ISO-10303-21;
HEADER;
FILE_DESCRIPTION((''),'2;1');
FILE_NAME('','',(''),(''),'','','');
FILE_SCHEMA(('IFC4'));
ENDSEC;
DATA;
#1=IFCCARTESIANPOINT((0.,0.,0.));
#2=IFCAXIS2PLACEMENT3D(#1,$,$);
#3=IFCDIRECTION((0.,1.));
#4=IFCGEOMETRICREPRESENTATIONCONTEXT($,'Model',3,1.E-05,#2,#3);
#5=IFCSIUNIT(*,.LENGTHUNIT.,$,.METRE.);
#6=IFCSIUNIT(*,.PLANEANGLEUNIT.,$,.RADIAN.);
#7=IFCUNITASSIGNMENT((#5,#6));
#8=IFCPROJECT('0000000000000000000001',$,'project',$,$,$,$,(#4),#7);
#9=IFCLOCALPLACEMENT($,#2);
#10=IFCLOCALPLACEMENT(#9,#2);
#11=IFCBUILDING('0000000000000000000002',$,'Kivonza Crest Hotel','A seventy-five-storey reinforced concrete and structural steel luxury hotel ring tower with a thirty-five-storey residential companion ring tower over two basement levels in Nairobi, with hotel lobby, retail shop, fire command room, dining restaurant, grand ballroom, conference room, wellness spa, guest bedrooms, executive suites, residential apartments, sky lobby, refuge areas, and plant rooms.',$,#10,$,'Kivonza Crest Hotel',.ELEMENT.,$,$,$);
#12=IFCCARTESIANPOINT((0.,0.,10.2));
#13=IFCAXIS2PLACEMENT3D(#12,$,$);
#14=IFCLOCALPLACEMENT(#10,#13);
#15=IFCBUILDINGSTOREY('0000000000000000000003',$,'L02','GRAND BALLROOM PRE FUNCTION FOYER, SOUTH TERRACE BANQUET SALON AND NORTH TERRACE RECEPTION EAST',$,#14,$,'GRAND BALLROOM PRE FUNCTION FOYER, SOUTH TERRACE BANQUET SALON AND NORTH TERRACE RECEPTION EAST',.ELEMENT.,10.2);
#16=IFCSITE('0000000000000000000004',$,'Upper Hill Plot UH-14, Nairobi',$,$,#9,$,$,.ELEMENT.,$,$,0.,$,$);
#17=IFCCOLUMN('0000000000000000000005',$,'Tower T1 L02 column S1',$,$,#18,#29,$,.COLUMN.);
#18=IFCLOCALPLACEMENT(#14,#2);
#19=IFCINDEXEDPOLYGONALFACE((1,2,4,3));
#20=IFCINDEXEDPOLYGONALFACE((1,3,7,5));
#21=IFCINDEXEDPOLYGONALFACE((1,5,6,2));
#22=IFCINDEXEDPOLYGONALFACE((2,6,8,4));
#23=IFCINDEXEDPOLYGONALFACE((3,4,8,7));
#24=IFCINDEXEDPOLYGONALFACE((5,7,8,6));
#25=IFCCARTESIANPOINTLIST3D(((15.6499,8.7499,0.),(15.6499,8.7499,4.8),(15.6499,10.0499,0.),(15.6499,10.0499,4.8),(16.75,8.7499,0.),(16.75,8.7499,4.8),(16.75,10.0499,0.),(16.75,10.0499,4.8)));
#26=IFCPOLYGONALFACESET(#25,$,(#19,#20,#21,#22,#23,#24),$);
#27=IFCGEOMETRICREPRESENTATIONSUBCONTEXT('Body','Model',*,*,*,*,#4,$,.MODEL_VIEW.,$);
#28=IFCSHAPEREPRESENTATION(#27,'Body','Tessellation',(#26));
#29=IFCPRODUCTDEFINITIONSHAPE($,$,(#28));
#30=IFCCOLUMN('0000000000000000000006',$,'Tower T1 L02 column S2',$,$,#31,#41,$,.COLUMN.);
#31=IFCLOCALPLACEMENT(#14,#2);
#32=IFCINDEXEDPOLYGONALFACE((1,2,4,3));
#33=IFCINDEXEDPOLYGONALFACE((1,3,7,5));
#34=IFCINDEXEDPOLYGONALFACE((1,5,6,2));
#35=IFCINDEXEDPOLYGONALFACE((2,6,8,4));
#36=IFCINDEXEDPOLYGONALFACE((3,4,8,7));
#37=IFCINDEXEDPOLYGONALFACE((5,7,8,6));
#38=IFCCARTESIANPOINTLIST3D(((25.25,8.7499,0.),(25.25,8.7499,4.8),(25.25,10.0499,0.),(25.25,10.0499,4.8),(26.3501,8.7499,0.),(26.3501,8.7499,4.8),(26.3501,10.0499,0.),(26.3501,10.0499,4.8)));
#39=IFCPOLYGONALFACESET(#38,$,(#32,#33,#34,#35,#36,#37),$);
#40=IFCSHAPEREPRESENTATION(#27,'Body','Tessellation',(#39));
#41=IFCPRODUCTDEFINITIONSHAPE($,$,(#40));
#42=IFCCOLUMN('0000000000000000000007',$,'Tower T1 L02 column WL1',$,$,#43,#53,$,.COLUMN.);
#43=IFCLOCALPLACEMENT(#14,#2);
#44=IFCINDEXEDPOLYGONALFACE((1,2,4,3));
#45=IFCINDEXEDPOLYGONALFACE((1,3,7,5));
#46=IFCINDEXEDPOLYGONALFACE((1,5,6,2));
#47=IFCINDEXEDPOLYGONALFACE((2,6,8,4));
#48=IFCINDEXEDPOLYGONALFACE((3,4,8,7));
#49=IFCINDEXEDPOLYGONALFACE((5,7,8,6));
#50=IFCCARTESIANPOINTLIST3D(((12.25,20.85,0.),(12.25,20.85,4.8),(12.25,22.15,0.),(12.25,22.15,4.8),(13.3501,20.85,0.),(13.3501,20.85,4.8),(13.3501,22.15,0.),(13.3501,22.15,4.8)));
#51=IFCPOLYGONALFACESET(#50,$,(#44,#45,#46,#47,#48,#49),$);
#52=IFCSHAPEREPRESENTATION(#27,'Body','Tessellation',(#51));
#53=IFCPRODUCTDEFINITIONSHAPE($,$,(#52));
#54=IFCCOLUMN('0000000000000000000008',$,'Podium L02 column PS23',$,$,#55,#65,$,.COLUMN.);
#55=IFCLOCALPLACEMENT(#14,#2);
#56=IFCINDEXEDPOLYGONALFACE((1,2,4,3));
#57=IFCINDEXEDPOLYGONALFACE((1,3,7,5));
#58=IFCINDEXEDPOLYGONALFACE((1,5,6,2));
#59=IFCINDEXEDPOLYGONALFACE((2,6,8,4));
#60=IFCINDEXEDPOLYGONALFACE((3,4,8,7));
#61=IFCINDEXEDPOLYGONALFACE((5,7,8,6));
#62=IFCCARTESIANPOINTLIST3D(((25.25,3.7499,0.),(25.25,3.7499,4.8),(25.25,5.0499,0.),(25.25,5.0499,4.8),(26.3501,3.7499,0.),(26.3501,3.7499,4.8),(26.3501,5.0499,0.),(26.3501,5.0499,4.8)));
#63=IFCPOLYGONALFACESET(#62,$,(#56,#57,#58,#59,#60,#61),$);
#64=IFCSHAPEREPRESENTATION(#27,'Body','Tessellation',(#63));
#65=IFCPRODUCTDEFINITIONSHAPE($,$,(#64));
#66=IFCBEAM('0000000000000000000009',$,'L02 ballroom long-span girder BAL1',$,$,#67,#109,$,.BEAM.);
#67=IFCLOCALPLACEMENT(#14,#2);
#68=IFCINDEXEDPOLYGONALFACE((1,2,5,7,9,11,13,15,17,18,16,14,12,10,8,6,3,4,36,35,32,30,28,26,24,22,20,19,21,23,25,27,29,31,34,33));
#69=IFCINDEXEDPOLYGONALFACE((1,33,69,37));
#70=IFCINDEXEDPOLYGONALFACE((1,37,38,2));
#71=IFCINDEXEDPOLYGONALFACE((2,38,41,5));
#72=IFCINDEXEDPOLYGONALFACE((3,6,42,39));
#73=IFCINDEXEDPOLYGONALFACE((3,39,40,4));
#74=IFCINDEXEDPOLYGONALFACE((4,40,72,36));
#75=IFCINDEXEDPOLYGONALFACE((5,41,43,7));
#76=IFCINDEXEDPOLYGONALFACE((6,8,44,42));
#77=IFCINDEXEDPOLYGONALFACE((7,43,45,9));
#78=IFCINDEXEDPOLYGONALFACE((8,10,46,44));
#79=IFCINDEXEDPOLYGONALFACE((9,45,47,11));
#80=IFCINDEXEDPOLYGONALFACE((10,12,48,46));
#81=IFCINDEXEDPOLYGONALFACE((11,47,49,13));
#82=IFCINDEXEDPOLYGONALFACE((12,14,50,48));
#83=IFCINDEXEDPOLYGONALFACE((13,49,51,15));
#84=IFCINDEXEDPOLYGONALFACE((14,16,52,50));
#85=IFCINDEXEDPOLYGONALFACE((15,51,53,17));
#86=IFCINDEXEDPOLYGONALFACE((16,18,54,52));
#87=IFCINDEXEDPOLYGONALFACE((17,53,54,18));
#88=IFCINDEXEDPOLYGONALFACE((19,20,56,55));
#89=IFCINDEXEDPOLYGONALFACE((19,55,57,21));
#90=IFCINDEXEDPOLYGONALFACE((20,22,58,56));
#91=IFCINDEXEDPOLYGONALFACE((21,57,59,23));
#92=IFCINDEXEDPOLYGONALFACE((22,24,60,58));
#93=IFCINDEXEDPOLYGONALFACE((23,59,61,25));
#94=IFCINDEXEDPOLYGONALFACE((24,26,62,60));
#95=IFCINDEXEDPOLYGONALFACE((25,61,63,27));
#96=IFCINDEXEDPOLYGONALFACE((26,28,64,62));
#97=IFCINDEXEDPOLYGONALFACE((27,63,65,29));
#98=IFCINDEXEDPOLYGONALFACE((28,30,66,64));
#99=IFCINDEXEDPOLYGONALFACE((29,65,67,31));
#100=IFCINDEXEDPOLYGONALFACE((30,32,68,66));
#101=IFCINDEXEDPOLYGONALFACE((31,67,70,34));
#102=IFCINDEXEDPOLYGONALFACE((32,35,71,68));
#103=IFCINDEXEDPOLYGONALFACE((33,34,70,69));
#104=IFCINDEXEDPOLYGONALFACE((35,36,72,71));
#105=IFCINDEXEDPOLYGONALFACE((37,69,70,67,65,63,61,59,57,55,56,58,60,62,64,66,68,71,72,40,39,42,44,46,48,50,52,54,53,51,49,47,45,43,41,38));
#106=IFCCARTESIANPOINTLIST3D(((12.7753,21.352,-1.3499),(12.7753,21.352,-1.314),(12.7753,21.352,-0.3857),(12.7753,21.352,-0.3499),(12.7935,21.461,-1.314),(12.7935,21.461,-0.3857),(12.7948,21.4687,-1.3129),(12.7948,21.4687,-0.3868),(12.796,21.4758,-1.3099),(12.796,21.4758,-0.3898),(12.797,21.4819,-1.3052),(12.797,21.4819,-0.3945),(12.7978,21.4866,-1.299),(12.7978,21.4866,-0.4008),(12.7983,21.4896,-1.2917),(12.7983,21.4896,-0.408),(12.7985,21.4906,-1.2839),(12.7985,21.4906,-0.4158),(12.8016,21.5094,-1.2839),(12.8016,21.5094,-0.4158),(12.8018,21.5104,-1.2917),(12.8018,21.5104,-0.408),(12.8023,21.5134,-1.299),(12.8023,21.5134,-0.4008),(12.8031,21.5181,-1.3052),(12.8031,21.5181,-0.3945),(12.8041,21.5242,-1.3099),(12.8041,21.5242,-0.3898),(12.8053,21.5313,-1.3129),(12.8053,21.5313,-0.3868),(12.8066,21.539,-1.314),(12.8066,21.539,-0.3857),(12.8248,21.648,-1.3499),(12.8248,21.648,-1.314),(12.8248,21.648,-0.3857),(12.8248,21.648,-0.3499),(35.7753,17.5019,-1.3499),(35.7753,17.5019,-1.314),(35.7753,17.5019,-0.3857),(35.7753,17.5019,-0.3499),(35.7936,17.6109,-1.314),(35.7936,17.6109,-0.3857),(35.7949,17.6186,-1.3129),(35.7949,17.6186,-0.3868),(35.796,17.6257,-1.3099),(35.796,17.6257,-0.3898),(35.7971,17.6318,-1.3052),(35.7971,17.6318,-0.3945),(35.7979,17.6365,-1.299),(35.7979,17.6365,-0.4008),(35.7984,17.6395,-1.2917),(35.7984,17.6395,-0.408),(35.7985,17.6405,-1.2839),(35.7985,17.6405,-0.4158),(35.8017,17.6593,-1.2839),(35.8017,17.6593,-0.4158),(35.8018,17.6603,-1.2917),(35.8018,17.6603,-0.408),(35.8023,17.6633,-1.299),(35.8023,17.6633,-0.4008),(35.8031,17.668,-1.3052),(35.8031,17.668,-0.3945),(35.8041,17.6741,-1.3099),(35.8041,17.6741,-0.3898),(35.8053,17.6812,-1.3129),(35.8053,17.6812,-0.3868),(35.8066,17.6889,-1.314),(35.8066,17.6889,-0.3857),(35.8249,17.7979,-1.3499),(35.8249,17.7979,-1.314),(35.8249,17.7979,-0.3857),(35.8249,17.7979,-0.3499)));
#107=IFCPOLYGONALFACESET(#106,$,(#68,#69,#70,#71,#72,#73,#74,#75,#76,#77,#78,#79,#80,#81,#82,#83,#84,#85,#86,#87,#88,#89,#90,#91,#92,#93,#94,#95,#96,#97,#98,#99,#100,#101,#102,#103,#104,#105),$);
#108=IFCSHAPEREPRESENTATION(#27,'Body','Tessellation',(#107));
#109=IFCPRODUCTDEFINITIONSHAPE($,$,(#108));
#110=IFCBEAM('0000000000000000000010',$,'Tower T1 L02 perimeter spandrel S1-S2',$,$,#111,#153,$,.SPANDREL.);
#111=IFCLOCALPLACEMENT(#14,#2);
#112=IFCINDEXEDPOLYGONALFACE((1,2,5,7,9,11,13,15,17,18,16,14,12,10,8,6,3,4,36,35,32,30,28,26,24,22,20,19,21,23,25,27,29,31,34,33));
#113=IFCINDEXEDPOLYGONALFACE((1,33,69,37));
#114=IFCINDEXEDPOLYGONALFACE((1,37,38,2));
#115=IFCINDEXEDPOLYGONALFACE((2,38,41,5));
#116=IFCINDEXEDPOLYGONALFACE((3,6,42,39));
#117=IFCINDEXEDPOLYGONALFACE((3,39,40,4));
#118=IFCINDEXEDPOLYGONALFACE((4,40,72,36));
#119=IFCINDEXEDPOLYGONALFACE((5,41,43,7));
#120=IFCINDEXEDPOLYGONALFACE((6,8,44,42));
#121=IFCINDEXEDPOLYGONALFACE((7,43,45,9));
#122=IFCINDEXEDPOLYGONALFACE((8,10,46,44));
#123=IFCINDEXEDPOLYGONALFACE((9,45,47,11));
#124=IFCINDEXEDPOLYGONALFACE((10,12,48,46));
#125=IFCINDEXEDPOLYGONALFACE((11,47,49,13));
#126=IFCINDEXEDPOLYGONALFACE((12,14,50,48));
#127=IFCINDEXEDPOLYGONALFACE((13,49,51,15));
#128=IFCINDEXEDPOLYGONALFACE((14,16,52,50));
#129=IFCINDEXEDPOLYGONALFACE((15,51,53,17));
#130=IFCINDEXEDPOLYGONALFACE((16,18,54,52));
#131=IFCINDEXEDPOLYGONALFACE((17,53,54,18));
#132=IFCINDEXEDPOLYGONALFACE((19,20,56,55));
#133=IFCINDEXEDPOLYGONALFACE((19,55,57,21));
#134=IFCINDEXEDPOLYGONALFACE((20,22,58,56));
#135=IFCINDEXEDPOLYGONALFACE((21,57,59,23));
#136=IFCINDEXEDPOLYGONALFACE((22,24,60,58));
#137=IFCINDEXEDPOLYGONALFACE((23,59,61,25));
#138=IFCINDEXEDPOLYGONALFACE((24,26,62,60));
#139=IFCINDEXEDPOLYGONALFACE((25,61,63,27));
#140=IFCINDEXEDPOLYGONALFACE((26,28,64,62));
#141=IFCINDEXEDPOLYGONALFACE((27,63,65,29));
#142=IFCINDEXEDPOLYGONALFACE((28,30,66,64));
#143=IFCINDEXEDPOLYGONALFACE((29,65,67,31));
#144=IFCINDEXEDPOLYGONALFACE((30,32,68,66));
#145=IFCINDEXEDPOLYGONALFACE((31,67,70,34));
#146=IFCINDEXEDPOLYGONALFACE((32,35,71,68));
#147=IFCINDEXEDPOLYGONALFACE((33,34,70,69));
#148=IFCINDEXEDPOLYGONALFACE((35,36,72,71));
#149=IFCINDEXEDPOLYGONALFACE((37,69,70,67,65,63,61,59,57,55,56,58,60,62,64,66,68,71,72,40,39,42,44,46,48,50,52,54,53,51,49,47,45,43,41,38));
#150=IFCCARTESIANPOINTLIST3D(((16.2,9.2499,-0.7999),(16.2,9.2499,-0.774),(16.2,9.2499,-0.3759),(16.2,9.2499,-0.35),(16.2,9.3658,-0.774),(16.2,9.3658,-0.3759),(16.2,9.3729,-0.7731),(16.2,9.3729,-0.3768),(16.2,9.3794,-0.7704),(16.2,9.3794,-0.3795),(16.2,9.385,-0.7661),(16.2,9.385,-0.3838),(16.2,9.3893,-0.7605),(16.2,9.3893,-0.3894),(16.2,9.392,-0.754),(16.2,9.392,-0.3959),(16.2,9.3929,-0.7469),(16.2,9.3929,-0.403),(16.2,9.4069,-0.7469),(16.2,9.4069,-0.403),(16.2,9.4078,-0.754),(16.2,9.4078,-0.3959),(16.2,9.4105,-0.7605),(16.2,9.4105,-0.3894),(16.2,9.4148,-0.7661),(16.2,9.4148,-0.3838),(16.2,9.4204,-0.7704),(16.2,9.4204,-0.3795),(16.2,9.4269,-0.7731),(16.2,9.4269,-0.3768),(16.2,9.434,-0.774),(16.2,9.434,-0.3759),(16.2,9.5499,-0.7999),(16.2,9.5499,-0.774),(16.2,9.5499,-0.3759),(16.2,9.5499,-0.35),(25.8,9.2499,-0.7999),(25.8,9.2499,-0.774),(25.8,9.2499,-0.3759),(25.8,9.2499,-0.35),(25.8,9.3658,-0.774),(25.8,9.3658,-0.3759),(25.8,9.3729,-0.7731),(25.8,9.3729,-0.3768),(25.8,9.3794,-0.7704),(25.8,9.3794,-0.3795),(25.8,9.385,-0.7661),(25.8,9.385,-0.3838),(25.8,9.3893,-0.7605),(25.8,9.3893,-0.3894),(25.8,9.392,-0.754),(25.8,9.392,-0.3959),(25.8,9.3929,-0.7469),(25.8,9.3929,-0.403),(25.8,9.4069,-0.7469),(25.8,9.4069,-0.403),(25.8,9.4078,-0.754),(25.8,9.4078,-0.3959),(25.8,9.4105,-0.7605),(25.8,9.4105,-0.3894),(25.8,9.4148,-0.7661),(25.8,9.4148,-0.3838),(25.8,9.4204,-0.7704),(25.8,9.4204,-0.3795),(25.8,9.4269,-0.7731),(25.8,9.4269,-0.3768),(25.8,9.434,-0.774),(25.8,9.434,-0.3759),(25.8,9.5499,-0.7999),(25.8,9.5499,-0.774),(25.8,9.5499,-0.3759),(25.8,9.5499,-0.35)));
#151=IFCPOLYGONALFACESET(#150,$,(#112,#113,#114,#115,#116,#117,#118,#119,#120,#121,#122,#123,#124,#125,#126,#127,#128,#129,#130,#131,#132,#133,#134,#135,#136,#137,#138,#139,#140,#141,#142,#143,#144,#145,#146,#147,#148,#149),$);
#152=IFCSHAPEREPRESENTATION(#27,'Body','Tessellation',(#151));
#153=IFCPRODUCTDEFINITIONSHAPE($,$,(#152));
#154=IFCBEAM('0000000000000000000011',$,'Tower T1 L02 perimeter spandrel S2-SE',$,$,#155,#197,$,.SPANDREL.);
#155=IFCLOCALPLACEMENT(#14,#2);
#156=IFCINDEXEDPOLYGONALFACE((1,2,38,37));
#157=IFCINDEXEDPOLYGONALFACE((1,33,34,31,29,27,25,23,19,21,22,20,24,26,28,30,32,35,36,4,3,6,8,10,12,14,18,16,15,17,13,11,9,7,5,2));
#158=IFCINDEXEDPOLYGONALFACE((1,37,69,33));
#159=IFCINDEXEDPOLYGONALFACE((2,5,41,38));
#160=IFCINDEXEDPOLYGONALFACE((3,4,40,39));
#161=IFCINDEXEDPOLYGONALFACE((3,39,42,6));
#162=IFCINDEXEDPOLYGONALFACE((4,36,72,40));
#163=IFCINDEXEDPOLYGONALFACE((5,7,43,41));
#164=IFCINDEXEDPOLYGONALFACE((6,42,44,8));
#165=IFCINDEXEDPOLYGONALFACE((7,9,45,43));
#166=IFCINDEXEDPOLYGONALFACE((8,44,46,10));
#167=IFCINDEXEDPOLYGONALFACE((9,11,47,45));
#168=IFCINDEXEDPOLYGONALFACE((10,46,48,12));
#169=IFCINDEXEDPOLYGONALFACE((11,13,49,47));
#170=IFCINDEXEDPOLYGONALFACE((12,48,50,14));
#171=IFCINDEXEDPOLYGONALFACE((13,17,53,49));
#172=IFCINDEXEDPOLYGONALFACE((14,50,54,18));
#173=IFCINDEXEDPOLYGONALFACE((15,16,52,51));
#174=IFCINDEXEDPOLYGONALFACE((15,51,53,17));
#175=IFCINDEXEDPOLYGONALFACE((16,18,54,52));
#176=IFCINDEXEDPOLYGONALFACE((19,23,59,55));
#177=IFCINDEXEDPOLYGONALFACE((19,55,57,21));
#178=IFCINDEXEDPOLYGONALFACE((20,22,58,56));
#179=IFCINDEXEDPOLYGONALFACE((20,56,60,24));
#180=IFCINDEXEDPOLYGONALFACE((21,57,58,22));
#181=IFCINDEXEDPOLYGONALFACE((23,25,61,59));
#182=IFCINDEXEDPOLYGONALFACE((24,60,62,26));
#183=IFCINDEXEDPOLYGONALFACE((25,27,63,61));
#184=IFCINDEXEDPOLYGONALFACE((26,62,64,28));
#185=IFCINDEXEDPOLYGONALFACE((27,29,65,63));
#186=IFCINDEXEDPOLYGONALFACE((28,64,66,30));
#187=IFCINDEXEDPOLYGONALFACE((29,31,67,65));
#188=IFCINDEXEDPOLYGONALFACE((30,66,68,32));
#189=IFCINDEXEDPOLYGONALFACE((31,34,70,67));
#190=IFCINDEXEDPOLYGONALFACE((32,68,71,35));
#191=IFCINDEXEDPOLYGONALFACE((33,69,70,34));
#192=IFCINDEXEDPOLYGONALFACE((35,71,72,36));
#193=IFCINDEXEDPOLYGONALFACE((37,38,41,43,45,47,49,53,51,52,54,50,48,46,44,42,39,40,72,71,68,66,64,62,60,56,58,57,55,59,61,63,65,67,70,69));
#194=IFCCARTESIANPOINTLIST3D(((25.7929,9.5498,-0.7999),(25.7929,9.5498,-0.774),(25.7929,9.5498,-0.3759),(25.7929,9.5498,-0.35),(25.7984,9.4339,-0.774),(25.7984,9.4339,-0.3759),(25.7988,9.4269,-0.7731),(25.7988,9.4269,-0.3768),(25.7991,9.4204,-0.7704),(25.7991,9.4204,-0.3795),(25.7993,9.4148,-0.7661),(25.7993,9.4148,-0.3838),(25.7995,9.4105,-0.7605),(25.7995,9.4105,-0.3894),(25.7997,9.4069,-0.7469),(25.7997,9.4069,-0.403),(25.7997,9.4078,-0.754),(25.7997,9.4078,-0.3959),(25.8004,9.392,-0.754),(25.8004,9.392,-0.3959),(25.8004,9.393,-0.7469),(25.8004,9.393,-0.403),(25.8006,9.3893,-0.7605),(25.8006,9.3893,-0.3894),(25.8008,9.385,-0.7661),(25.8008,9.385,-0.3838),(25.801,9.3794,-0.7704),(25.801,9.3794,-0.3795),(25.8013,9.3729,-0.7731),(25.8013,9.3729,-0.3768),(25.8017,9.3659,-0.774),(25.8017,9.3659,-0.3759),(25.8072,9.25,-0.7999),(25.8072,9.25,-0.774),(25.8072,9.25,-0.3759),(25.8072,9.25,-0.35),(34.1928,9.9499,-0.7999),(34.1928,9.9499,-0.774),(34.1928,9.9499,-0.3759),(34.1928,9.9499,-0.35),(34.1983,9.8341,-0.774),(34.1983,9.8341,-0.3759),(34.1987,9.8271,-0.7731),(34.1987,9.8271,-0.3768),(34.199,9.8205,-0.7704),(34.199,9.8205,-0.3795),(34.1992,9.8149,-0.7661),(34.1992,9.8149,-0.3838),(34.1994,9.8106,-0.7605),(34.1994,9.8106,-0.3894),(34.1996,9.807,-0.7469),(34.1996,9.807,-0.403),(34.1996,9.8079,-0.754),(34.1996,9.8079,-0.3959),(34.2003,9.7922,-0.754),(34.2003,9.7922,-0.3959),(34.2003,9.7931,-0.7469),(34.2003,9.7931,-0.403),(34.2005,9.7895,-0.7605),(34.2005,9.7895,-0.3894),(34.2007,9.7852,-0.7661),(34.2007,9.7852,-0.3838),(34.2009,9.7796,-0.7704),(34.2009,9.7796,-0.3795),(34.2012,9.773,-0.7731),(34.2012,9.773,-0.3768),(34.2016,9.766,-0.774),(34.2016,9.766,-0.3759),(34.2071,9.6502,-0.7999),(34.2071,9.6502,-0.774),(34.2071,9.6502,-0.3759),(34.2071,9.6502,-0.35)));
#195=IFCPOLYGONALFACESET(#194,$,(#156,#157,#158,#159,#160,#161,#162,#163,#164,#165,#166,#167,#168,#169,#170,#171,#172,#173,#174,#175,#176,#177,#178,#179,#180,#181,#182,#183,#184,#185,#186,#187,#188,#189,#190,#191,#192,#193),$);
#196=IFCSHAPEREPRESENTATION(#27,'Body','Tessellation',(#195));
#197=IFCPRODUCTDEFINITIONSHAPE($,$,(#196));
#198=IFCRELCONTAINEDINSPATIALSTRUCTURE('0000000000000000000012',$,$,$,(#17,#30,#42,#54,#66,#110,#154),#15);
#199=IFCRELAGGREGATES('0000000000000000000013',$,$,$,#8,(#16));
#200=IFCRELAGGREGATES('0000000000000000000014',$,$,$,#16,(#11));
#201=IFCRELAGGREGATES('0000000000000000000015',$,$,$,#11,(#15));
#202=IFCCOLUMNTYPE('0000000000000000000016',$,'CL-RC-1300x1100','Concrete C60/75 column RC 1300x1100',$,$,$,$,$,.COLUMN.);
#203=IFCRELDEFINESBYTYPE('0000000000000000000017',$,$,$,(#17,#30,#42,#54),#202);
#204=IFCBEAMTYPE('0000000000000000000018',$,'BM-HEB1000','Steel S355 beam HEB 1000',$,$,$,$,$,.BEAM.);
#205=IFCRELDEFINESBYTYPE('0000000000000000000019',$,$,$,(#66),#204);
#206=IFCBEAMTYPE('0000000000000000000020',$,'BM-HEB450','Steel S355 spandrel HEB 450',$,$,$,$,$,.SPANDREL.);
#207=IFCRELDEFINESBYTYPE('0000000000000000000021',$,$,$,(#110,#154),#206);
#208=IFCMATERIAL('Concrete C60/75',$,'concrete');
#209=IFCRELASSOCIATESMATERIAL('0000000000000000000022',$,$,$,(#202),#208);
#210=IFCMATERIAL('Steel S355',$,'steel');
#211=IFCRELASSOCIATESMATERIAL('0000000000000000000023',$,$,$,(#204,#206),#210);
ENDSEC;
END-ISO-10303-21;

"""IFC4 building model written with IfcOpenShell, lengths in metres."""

from ifc_helpers import new_model, si_unit, direction, frame, origin, origin_2d, place, context, subcontext, project, spatial, rectangle, i_section, extrude, material, material_profile, profile_set, type_object, element, save


model = new_model("IFC4")

# Units and contexts
model_context = context("Model", 3, precision=1e-05, world=origin(), true_north=direction((0.0, 1.0)))
body_context = subcontext(model_context, "Body", "Model", "MODEL_VIEW")
ifc_project = project(units=[si_unit("LENGTHUNIT", "METRE"), si_unit("PLANEANGLEUNIT", "RADIAN")], contexts=[model_context])

# Site, building, storey
site_placement = place(None, origin())
site = spatial("IfcSite", under=ifc_project, at=site_placement, Name="Upper Hill Plot UH-14, Nairobi", CompositionType="ELEMENT", RefElevation=0.0)
building_placement = place(site_placement, origin())
building = spatial("IfcBuilding", under=site, at=building_placement, Name="Kivonza Crest Hotel", Description="A seventy-five-storey reinforced concrete and structural steel luxury hotel ring tower with a thirty-five-storey residential companion ring tower over two basement levels in Nairobi, with hotel lobby, retail shop, fire command room, dining restaurant, grand ballroom, conference room, wellness spa, guest bedrooms, executive suites, residential apartments, sky lobby, refuge areas, and plant rooms.", LongName="Kivonza Crest Hotel", CompositionType="ELEMENT")
storey_placement = place(building_placement, frame((0.0, 0.0, 10.2)))
storey = spatial("IfcBuildingStorey", under=building, at=storey_placement, Name="L02", Description="GRAND BALLROOM PRE FUNCTION FOYER, SOUTH TERRACE BANQUET SALON AND NORTH TERRACE RECEPTION EAST", LongName="GRAND BALLROOM PRE FUNCTION FOYER, SOUTH TERRACE BANQUET SALON AND NORTH TERRACE RECEPTION EAST", CompositionType="ELEMENT", Elevation=10.2)

# Columns
ifc_material_1 = material(Name="Concrete C60/75", Category="concrete")
ifc_material_profile_1 = material_profile(ifc_material_1, rectangle(XDim=1.1001, YDim=1.3, at=origin_2d()), Name="RC 1300x1100")
ifc_profile_set_1 = profile_set([ifc_material_profile_1], Name="Concrete C60/75")
column_type = type_object("IfcColumnType", Name="CL-RC-1300x1100", Description="Concrete C60/75 column RC 1300x1100", PredefinedType="COLUMN", material=ifc_profile_set_1)
for number, where, z_axis, x_axis, name in (
    (1, (16.2, 9.3999, 0.0), (0.0, 0.0, 1.0), (1.0, 0.0, 0.0), "Tower T1 L02 column S1"),
    (2, (25.8, 9.3999, 0.0), (0.0, 0.0, 1.0), (1.0, 0.0, 0.0), "Tower T1 L02 column S2"),
    (3, (12.8, 21.5, 0.0), (0.0, 0.0, 1.0), (1.0, 0.0, 0.0), "Tower T1 L02 column WL1"),
    (4, (25.8, 4.3999, 0.0), (0.0, 0.0, 1.0), (1.0, 0.0, 0.0), "Podium L02 column PS23"),
):
    element("IfcColumn", number, at=place(storey_placement, frame(where, z_axis=z_axis, x_axis=x_axis)), inside=storey, type_object=column_type, Name=name, PredefinedType="COLUMN", context=body_context, shape_type="SweptSolid", body=[
        extrude(rectangle(XDim=1.1001, YDim=1.3, at=origin_2d()), origin(), (0.0, 0.0, 1.0), 4.8),
    ])

# Beams
ifc_material_2 = material(Name="Steel S355", Category="steel")
ifc_material_profile_2 = material_profile(ifc_material_2, i_section(OverallWidth=0.3, OverallDepth=1.0, WebThickness=0.019, FlangeThickness=0.0359, FilletRadius=0.03, at=origin_2d()), Name="HEB 1000")
ifc_profile_set_2 = profile_set([ifc_material_profile_2], Name="Steel S355")
beam_type_1 = type_object("IfcBeamType", Name="BM-HEB1000", Description="Steel S355 beam HEB 1000", PredefinedType="BEAM", material=ifc_profile_set_2)
beam_1_placement = place(storey_placement, frame((12.8, 21.5, -0.8499), z_axis=(0.986277, -0.165098, 0.0), x_axis=(0.165098, 0.986277, 0.0)))
element("IfcBeam", 5, at=beam_1_placement, inside=storey, type_object=beam_type_1, Name="L02 ballroom long-span girder BAL1", PredefinedType="BEAM", context=body_context, shape_type="SweptSolid", body=[
    extrude(i_section(OverallWidth=0.3, OverallDepth=1.0, WebThickness=0.019, FlangeThickness=0.0359, FilletRadius=0.03, at=origin_2d()), origin(), (0.0, 0.0, 1.0), 23.3201),
])
ifc_material_profile_3 = material_profile(ifc_material_2, i_section(OverallWidth=0.3, OverallDepth=0.45, WebThickness=0.0139, FlangeThickness=0.0259, FilletRadius=0.0271, at=origin_2d()), Name="HEB 450")
ifc_profile_set_3 = profile_set([ifc_material_profile_3], Name="Steel S355")
beam_type_2 = type_object("IfcBeamType", Name="BM-HEB450", Description="Steel S355 spandrel HEB 450", PredefinedType="SPANDREL", material=ifc_profile_set_3)
beam_2_placement = place(storey_placement, frame((16.2, 9.3999, -0.575), z_axis=(1.0, 0.0, 0.0), x_axis=(0.0, 1.0, 0.0)))
element("IfcBeam", 6, at=beam_2_placement, inside=storey, type_object=beam_type_2, Name="Tower T1 L02 perimeter spandrel S1-S2", PredefinedType="SPANDREL", context=body_context, shape_type="SweptSolid", body=[
    extrude(i_section(OverallWidth=0.3, OverallDepth=0.45, WebThickness=0.0139, FlangeThickness=0.0259, FilletRadius=0.0271, at=origin_2d()), origin(), (0.0, 0.0, 1.0), 9.6001),
])
beam_3_placement = place(storey_placement, frame((25.8, 9.3999, -0.575), z_axis=(0.998867, 0.047583, 0.0), x_axis=(-0.047583, 0.998867, 0.0)))
element("IfcBeam", 7, at=beam_3_placement, inside=storey, type_object=beam_type_2, Name="Tower T1 L02 perimeter spandrel S2-SE", PredefinedType="SPANDREL", context=body_context, shape_type="SweptSolid", body=[
    extrude(i_section(OverallWidth=0.3, OverallDepth=0.45, WebThickness=0.0139, FlangeThickness=0.0259, FilletRadius=0.0271, at=origin_2d()), origin(), (0.0, 0.0, 1.0), 8.4094),
])

save(model, "model.ifc")
